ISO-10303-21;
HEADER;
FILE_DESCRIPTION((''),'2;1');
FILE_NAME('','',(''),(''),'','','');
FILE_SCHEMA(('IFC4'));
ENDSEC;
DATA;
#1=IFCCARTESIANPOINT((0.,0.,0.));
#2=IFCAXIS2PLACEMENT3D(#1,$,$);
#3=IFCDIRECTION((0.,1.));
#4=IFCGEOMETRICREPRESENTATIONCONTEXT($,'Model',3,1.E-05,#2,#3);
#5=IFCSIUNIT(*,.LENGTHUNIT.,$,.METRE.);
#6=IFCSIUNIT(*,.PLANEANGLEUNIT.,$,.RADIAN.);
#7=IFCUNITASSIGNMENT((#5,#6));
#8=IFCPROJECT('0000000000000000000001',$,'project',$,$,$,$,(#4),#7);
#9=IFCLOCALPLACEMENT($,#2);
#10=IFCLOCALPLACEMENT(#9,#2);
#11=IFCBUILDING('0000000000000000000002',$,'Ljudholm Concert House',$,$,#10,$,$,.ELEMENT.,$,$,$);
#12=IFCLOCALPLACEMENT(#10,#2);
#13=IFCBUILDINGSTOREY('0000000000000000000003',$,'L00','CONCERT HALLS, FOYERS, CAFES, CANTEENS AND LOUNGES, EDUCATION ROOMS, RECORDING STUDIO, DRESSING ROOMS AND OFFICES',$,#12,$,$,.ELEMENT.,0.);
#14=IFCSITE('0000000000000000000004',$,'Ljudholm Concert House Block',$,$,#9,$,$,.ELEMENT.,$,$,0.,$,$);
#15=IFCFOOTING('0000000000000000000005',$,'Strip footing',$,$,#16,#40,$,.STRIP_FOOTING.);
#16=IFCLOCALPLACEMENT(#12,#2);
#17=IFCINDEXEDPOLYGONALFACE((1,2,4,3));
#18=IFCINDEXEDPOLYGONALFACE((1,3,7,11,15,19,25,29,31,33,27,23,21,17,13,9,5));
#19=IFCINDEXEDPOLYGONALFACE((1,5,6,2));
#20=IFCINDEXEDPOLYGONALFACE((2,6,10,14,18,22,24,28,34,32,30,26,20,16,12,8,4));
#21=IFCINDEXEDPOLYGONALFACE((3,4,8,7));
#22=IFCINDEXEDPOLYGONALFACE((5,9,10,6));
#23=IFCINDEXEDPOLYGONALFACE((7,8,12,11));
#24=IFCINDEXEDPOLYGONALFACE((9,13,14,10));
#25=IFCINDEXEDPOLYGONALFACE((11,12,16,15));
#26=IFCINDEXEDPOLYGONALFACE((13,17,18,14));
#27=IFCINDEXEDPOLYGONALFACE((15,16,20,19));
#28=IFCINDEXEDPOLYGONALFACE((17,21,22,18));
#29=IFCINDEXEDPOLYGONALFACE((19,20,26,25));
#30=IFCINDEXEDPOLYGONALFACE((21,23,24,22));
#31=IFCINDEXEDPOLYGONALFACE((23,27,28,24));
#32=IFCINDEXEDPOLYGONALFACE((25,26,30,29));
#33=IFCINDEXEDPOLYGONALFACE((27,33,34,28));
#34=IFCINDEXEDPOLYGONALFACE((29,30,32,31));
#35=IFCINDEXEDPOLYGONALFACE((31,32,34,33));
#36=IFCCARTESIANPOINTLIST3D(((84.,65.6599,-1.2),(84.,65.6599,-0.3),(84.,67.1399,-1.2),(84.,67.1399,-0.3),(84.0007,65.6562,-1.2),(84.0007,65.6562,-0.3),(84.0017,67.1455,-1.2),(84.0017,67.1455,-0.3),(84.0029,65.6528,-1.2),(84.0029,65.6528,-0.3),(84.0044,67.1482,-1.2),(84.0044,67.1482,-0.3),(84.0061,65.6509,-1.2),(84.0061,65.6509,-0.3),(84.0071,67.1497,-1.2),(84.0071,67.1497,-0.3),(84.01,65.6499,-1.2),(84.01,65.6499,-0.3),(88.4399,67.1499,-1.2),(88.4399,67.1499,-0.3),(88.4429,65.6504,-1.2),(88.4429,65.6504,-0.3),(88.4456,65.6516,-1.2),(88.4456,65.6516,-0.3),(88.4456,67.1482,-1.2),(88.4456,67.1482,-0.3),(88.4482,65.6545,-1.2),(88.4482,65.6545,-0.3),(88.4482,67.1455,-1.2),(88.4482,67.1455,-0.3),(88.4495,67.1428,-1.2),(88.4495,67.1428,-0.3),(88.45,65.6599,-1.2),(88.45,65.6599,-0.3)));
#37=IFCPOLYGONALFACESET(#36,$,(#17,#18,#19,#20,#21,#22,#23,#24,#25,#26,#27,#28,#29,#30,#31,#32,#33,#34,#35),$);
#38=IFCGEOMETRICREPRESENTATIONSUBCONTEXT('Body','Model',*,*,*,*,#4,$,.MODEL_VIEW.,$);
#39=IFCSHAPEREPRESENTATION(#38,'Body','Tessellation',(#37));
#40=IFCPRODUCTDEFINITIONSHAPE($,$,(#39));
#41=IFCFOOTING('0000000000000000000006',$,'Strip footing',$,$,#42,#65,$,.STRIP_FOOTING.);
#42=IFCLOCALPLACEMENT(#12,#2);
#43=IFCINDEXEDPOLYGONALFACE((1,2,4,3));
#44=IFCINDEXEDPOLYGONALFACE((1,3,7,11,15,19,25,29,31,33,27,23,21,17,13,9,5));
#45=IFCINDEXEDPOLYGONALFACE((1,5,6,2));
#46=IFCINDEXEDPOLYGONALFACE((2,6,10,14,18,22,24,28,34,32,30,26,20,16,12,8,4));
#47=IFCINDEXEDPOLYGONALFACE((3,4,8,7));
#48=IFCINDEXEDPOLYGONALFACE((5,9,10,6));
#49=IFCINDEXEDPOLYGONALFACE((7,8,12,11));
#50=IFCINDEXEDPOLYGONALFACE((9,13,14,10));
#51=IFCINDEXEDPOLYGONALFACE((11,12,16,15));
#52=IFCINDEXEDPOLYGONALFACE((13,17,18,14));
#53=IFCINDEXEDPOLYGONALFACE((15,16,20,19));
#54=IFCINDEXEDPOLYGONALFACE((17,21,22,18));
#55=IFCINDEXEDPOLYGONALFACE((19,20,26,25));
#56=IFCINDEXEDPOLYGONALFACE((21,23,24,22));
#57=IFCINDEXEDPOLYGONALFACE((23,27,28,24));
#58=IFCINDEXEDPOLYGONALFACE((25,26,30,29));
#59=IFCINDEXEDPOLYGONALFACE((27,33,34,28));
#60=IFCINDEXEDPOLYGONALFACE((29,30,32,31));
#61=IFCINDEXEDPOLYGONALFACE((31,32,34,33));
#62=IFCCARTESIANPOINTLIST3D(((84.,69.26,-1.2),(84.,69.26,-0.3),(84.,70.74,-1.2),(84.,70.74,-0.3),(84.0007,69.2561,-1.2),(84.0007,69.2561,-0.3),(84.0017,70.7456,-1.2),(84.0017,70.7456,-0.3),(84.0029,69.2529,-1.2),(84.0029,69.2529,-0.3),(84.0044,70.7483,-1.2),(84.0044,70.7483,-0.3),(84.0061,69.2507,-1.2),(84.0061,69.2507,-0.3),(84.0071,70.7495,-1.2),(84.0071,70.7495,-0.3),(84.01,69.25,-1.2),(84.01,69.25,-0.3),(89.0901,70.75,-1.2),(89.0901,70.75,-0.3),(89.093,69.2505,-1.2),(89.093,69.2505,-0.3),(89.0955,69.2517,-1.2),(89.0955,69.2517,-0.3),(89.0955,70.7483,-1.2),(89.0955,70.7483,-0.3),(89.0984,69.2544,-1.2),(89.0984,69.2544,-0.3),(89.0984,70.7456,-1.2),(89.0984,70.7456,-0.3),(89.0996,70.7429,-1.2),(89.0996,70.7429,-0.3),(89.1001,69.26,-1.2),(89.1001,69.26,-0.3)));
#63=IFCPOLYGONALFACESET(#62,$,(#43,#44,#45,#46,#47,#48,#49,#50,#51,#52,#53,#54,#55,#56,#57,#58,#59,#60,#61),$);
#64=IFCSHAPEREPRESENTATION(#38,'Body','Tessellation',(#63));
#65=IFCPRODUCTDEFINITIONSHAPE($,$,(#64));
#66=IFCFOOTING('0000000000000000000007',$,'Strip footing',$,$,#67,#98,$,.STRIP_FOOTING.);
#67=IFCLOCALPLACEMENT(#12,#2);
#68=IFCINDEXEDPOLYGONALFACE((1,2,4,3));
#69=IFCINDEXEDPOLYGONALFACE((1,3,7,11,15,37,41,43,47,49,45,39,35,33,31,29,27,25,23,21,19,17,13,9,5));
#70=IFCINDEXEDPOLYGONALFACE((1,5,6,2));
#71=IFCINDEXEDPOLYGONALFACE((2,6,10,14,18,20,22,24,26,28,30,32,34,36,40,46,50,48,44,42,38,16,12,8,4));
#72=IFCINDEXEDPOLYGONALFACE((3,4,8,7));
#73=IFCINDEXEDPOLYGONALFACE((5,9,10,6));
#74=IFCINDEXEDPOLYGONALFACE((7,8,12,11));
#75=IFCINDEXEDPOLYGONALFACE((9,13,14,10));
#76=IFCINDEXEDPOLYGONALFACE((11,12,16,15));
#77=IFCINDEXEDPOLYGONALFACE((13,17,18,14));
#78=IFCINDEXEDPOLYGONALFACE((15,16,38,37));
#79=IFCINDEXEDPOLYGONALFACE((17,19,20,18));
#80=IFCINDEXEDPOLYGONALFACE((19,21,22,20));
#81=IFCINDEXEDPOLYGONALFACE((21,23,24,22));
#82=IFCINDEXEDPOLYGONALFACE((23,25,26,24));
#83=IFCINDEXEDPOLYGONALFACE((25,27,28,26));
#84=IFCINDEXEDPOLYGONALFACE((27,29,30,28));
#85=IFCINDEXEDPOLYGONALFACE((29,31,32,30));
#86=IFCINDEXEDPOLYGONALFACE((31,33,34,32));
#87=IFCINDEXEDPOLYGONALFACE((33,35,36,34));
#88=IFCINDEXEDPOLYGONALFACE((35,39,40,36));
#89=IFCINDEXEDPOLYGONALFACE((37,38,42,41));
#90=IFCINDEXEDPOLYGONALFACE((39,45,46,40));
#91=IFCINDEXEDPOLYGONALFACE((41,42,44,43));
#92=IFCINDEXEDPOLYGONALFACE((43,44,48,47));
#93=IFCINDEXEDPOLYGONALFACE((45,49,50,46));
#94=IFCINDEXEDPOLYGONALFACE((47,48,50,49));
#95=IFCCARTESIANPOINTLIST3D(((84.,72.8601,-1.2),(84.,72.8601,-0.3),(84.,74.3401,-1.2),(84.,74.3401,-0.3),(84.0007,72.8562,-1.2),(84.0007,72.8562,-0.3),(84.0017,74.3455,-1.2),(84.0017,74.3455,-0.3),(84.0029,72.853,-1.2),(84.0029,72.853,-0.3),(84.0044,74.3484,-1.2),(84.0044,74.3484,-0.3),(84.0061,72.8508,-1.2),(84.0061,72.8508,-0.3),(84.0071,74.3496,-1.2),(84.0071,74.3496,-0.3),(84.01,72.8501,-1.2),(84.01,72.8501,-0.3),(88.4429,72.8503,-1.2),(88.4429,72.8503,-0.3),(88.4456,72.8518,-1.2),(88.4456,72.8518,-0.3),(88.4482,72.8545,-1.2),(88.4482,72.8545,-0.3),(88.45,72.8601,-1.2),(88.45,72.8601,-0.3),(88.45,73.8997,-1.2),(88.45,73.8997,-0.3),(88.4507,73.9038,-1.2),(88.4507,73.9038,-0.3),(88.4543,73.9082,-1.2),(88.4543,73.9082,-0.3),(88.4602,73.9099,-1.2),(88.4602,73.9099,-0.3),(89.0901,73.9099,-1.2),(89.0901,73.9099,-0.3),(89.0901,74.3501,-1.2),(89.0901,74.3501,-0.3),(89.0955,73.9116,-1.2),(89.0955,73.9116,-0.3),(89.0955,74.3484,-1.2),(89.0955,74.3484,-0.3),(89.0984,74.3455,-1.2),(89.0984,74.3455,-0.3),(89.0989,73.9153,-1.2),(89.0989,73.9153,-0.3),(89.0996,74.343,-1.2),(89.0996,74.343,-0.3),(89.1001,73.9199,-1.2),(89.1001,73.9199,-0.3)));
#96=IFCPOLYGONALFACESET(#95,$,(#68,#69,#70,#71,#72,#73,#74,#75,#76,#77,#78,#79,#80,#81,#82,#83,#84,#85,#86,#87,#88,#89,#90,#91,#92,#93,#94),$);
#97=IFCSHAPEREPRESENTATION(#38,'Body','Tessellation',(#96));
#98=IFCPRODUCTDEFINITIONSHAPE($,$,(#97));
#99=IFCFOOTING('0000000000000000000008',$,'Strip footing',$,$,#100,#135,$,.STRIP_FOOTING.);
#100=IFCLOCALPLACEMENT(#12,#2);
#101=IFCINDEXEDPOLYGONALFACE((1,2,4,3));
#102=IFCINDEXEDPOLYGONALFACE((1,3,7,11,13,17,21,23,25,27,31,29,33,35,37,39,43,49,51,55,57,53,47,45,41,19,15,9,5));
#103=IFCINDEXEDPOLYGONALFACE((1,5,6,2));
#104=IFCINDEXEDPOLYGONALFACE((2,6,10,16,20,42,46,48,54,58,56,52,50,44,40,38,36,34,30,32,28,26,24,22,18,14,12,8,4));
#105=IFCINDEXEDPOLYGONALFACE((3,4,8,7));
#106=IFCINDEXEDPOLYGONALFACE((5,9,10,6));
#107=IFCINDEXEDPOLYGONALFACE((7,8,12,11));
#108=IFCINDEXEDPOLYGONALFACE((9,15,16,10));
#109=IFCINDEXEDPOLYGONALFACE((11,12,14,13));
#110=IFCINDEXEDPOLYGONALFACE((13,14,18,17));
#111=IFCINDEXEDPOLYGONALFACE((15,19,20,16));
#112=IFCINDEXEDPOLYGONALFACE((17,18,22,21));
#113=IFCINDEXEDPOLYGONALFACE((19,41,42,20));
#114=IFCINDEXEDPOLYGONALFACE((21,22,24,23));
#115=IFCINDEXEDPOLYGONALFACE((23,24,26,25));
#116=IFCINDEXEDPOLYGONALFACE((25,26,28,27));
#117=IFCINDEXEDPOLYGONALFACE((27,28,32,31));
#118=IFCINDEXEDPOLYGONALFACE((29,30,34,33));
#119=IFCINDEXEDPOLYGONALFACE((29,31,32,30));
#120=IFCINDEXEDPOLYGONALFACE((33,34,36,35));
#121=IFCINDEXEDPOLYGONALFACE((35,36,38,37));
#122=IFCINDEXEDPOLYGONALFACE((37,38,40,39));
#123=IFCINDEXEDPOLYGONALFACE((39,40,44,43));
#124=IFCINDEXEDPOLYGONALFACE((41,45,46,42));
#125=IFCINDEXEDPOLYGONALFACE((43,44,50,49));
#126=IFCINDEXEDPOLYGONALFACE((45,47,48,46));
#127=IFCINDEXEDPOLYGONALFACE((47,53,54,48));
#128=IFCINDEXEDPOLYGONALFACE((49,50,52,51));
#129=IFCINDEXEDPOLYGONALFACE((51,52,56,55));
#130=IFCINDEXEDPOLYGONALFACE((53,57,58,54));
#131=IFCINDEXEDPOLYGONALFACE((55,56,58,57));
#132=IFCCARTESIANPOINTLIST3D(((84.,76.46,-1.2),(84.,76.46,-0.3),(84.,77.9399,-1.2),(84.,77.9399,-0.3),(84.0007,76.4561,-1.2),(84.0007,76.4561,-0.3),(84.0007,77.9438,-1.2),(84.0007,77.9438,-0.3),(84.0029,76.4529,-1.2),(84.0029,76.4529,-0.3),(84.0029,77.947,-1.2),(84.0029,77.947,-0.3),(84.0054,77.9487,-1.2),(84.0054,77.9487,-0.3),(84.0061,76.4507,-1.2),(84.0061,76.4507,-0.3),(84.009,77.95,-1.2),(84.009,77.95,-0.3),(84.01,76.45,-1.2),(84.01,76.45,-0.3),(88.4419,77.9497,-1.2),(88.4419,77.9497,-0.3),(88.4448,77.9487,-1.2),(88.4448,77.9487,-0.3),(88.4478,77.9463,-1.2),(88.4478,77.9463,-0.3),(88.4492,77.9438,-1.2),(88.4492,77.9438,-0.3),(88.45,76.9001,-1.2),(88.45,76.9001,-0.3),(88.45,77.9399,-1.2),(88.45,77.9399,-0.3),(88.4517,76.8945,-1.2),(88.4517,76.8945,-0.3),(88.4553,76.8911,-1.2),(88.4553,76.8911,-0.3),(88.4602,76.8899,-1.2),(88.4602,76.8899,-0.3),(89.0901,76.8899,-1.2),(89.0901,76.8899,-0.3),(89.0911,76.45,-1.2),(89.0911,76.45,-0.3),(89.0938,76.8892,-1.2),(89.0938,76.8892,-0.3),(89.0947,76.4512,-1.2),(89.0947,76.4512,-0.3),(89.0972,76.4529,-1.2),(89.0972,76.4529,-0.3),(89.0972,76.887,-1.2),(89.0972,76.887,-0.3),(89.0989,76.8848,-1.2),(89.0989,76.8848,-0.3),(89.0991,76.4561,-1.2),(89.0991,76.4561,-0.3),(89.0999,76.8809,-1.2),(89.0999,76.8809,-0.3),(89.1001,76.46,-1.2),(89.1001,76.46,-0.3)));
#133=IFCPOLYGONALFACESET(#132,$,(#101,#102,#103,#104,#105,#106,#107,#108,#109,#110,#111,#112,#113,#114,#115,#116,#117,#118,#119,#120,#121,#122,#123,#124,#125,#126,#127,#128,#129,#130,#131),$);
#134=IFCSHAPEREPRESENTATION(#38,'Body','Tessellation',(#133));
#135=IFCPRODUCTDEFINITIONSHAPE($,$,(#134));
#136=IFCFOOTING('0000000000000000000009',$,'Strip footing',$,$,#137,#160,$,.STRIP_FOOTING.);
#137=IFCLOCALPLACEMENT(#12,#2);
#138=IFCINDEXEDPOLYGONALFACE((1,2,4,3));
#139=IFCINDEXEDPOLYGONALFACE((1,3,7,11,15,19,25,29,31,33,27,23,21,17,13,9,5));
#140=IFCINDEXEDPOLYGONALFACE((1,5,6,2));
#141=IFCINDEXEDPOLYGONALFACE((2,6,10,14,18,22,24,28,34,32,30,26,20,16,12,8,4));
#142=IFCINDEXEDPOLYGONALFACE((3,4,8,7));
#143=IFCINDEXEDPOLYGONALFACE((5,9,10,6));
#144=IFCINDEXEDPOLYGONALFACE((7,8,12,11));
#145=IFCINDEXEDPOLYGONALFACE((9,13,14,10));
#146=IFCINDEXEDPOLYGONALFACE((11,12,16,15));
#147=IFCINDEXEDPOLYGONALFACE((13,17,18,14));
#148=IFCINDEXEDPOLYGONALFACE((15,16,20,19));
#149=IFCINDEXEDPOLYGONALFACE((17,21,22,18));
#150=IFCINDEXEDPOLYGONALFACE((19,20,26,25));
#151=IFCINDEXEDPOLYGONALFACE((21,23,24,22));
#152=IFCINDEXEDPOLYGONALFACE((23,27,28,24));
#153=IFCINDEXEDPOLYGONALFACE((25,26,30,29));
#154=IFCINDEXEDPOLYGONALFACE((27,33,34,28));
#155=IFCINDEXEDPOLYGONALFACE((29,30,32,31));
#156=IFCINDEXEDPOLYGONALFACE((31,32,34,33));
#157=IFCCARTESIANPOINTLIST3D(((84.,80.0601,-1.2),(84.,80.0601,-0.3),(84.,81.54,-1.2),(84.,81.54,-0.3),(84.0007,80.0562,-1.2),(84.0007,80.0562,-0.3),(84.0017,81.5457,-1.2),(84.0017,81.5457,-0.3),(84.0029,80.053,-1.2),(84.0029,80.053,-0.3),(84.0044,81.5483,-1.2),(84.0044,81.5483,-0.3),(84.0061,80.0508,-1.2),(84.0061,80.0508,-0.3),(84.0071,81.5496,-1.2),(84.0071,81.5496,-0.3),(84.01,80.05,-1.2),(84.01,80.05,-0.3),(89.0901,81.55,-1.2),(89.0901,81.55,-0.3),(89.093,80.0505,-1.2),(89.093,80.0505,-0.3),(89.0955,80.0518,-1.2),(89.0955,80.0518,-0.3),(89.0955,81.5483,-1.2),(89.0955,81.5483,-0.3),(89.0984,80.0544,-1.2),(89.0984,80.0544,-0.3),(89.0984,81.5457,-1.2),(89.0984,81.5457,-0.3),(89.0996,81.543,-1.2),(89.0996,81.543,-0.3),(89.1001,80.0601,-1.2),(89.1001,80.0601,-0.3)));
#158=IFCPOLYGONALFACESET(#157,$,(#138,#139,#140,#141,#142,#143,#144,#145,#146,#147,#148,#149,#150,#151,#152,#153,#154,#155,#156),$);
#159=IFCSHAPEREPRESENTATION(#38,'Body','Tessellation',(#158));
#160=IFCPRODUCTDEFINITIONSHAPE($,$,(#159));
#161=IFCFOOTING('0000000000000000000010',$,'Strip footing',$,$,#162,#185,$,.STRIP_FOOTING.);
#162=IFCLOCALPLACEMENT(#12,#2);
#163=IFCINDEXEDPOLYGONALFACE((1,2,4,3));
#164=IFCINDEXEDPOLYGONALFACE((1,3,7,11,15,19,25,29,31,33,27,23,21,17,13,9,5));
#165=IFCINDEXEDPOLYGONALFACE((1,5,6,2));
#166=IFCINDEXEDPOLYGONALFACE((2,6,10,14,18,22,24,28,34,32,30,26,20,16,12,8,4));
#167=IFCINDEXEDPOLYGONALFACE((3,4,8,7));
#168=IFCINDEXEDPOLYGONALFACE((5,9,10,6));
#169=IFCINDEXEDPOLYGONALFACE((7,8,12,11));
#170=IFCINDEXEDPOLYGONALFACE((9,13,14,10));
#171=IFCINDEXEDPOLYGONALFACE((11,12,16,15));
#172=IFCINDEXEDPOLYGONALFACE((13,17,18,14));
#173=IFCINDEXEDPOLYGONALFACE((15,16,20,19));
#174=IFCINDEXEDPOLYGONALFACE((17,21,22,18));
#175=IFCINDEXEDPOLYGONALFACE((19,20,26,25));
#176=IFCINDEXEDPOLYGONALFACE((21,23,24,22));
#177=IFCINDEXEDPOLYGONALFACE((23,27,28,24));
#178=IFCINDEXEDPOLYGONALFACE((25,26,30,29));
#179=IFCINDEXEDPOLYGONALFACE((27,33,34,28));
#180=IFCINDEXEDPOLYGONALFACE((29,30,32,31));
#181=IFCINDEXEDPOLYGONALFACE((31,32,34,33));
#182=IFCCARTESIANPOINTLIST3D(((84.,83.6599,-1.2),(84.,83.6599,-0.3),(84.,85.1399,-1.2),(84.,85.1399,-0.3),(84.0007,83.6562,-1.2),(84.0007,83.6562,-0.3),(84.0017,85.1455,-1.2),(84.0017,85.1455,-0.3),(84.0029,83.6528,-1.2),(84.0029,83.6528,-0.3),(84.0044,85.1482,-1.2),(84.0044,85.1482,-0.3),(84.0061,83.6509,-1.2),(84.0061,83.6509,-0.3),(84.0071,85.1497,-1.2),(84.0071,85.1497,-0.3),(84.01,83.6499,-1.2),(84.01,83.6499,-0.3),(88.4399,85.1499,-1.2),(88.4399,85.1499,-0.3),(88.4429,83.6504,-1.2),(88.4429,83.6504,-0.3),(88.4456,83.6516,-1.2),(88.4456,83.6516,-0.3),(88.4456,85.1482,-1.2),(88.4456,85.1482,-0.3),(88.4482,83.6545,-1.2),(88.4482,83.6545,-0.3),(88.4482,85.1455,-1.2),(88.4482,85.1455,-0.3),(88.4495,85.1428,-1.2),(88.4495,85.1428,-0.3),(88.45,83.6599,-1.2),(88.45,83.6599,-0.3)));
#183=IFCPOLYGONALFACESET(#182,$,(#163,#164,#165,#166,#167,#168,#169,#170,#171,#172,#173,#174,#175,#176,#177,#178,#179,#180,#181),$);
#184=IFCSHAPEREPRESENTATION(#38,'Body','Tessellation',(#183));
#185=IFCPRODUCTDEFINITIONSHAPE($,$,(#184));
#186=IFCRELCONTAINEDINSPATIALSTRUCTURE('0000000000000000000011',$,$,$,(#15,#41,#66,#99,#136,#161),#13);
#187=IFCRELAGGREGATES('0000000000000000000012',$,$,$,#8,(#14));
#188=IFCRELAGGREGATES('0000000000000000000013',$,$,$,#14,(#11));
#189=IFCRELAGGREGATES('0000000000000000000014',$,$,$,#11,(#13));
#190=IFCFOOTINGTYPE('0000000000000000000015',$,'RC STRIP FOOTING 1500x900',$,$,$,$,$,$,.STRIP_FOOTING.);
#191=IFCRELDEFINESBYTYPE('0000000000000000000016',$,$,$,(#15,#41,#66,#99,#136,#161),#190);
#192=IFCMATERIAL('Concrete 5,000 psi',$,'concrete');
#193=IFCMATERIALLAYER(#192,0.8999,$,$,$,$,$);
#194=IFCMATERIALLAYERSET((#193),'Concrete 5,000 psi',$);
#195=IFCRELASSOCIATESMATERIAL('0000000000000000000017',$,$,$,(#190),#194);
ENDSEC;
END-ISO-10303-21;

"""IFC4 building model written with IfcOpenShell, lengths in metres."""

from ifc_helpers import new_model, si_unit, direction, frame, origin, place, context, subcontext, project, spatial, polyline, outline, extrude, material, layer, layer_set, type_object, element, save


model = new_model("IFC4")

# Units and contexts
model_context = context("Model", 3, precision=1e-05, world=origin(), true_north=direction((0.0, 1.0)))
body_context = subcontext(model_context, "Body", "Model", "MODEL_VIEW")
ifc_project = project(units=[si_unit("LENGTHUNIT", "METRE"), si_unit("PLANEANGLEUNIT", "RADIAN")], contexts=[model_context])

# Site, building, storey
site_placement = place(None, origin())
site = spatial("IfcSite", under=ifc_project, at=site_placement, Name="Ljudholm Concert House Block", CompositionType="ELEMENT", RefElevation=0.0)
building_placement = place(site_placement, origin())
building = spatial("IfcBuilding", under=site, at=building_placement, Name="Ljudholm Concert House", CompositionType="ELEMENT")
storey_placement = place(building_placement, origin())
storey = spatial("IfcBuildingStorey", under=building, at=storey_placement, Name="L00", Description="CONCERT HALLS, FOYERS, CAFES, CANTEENS AND LOUNGES, EDUCATION ROOMS, RECORDING STUDIO, DRESSING ROOMS AND OFFICES", CompositionType="ELEMENT", Elevation=0.0)

# Footings
ifc_material = material(Name="Concrete 5,000 psi", Category="concrete")
ifc_layer = layer(ifc_material, 0.8999)
ifc_layer_set = layer_set([ifc_layer], Name="Concrete 5,000 psi")
footing_type = type_object("IfcFootingType", Name="RC STRIP FOOTING 1500x900", PredefinedType="STRIP_FOOTING", material=ifc_layer_set)
footing_1_placement = place(storey_placement, frame((0.0, 0.0, -1.2)))
element("IfcFooting", 1, at=footing_1_placement, inside=storey, type_object=footing_type, Name="Strip footing", PredefinedType="STRIP_FOOTING", context=body_context, shape_type="SweptSolid", body=[
    extrude(outline(polyline([(84.01, 65.6499), (88.4429, 65.6504), (88.4456, 65.6516), (88.4482, 65.6545), (88.45, 65.6599), (88.4495, 67.1428), (88.4482, 67.1455), (88.4456, 67.1482), (88.4399, 67.1499), (84.0071, 67.1497), (84.0044, 67.1482), (84.0017, 67.1455), (84.0, 67.1399), (84.0, 65.6599), (84.0007, 65.6562), (84.0029, 65.6528), (84.0061, 65.6509), (84.01, 65.6499)])), origin(), (0.0, 0.0, 1.0), 0.8999),
])
footing_2_placement = place(storey_placement, frame((0.0, 0.0, -1.2)))
element("IfcFooting", 2, at=footing_2_placement, inside=storey, type_object=footing_type, Name="Strip footing", PredefinedType="STRIP_FOOTING", context=body_context, shape_type="SweptSolid", body=[
    extrude(outline(polyline([(84.01, 69.25), (89.093, 69.2505), (89.0955, 69.2517), (89.0984, 69.2544), (89.1001, 69.26), (89.0996, 70.7429), (89.0984, 70.7456), (89.0955, 70.7483), (89.0901, 70.75), (84.0071, 70.7495), (84.0044, 70.7483), (84.0017, 70.7456), (84.0, 70.74), (84.0, 69.26), (84.0007, 69.2561), (84.0029, 69.2529), (84.0061, 69.2507), (84.01, 69.25)])), origin(), (0.0, 0.0, 1.0), 0.8999),
])
footing_3_placement = place(storey_placement, frame((0.0, 0.0, -1.2)))
element("IfcFooting", 3, at=footing_3_placement, inside=storey, type_object=footing_type, Name="Strip footing", PredefinedType="STRIP_FOOTING", context=body_context, shape_type="SweptSolid", body=[
    extrude(outline(polyline([(84.01, 72.8501), (88.4429, 72.8503), (88.4456, 72.8518), (88.4482, 72.8545), (88.45, 72.8601), (88.45, 73.8997), (88.4507, 73.9038), (88.4543, 73.9082), (88.4602, 73.9099), (89.0901, 73.9099), (89.0955, 73.9116), (89.0989, 73.9153), (89.1001, 73.9199), (89.0996, 74.343), (89.0984, 74.3455), (89.0955, 74.3484), (89.0901, 74.3501), (84.0071, 74.3496), (84.0044, 74.3484), (84.0017, 74.3455), (84.0, 74.3401), (84.0, 72.8601), (84.0007, 72.8562), (84.0029, 72.853), (84.0061, 72.8508), (84.01, 72.8501)])), origin(), (0.0, 0.0, 1.0), 0.8999),
])
footing_4_placement = place(storey_placement, frame((0.0, 0.0, -1.2)))
element("IfcFooting", 4, at=footing_4_placement, inside=storey, type_object=footing_type, Name="Strip footing", PredefinedType="STRIP_FOOTING", context=body_context, shape_type="SweptSolid", body=[
    extrude(outline(polyline([(84.01, 76.45), (89.0911, 76.45), (89.0947, 76.4512), (89.0972, 76.4529), (89.0991, 76.4561), (89.1001, 76.46), (89.0999, 76.8809), (89.0989, 76.8848), (89.0972, 76.887), (89.0938, 76.8892), (89.0901, 76.8899), (88.4602, 76.8899), (88.4553, 76.8911), (88.4517, 76.8945), (88.45, 76.9001), (88.45, 77.9399), (88.4492, 77.9438), (88.4478, 77.9463), (88.4448, 77.9487), (88.4419, 77.9497), (84.009, 77.95), (84.0054, 77.9487), (84.0029, 77.947), (84.0007, 77.9438), (84.0, 77.9399), (84.0, 76.46), (84.0007, 76.4561), (84.0029, 76.4529), (84.0061, 76.4507), (84.01, 76.45)])), origin(), (0.0, 0.0, 1.0), 0.8999),
])
footing_5_placement = place(storey_placement, frame((0.0, 0.0, -1.2)))
element("IfcFooting", 5, at=footing_5_placement, inside=storey, type_object=footing_type, Name="Strip footing", PredefinedType="STRIP_FOOTING", context=body_context, shape_type="SweptSolid", body=[
    extrude(outline(polyline([(84.01, 80.05), (89.093, 80.0505), (89.0955, 80.0518), (89.0984, 80.0544), (89.1001, 80.0601), (89.0996, 81.543), (89.0984, 81.5457), (89.0955, 81.5483), (89.0901, 81.55), (84.0071, 81.5496), (84.0044, 81.5483), (84.0017, 81.5457), (84.0, 81.54), (84.0, 80.0601), (84.0007, 80.0562), (84.0029, 80.053), (84.0061, 80.0508), (84.01, 80.05)])), origin(), (0.0, 0.0, 1.0), 0.8999),
])
footing_6_placement = place(storey_placement, frame((0.0, 0.0, -1.2)))
element("IfcFooting", 6, at=footing_6_placement, inside=storey, type_object=footing_type, Name="Strip footing", PredefinedType="STRIP_FOOTING", context=body_context, shape_type="SweptSolid", body=[
    extrude(outline(polyline([(84.01, 83.6499), (88.4429, 83.6504), (88.4456, 83.6516), (88.4482, 83.6545), (88.45, 83.6599), (88.4495, 85.1428), (88.4482, 85.1455), (88.4456, 85.1482), (88.4399, 85.1499), (84.0071, 85.1497), (84.0044, 85.1482), (84.0017, 85.1455), (84.0, 85.1399), (84.0, 83.6599), (84.0007, 83.6562), (84.0029, 83.6528), (84.0061, 83.6509), (84.01, 83.6499)])), origin(), (0.0, 0.0, 1.0), 0.8999),
])

save(model, "model.ifc")
